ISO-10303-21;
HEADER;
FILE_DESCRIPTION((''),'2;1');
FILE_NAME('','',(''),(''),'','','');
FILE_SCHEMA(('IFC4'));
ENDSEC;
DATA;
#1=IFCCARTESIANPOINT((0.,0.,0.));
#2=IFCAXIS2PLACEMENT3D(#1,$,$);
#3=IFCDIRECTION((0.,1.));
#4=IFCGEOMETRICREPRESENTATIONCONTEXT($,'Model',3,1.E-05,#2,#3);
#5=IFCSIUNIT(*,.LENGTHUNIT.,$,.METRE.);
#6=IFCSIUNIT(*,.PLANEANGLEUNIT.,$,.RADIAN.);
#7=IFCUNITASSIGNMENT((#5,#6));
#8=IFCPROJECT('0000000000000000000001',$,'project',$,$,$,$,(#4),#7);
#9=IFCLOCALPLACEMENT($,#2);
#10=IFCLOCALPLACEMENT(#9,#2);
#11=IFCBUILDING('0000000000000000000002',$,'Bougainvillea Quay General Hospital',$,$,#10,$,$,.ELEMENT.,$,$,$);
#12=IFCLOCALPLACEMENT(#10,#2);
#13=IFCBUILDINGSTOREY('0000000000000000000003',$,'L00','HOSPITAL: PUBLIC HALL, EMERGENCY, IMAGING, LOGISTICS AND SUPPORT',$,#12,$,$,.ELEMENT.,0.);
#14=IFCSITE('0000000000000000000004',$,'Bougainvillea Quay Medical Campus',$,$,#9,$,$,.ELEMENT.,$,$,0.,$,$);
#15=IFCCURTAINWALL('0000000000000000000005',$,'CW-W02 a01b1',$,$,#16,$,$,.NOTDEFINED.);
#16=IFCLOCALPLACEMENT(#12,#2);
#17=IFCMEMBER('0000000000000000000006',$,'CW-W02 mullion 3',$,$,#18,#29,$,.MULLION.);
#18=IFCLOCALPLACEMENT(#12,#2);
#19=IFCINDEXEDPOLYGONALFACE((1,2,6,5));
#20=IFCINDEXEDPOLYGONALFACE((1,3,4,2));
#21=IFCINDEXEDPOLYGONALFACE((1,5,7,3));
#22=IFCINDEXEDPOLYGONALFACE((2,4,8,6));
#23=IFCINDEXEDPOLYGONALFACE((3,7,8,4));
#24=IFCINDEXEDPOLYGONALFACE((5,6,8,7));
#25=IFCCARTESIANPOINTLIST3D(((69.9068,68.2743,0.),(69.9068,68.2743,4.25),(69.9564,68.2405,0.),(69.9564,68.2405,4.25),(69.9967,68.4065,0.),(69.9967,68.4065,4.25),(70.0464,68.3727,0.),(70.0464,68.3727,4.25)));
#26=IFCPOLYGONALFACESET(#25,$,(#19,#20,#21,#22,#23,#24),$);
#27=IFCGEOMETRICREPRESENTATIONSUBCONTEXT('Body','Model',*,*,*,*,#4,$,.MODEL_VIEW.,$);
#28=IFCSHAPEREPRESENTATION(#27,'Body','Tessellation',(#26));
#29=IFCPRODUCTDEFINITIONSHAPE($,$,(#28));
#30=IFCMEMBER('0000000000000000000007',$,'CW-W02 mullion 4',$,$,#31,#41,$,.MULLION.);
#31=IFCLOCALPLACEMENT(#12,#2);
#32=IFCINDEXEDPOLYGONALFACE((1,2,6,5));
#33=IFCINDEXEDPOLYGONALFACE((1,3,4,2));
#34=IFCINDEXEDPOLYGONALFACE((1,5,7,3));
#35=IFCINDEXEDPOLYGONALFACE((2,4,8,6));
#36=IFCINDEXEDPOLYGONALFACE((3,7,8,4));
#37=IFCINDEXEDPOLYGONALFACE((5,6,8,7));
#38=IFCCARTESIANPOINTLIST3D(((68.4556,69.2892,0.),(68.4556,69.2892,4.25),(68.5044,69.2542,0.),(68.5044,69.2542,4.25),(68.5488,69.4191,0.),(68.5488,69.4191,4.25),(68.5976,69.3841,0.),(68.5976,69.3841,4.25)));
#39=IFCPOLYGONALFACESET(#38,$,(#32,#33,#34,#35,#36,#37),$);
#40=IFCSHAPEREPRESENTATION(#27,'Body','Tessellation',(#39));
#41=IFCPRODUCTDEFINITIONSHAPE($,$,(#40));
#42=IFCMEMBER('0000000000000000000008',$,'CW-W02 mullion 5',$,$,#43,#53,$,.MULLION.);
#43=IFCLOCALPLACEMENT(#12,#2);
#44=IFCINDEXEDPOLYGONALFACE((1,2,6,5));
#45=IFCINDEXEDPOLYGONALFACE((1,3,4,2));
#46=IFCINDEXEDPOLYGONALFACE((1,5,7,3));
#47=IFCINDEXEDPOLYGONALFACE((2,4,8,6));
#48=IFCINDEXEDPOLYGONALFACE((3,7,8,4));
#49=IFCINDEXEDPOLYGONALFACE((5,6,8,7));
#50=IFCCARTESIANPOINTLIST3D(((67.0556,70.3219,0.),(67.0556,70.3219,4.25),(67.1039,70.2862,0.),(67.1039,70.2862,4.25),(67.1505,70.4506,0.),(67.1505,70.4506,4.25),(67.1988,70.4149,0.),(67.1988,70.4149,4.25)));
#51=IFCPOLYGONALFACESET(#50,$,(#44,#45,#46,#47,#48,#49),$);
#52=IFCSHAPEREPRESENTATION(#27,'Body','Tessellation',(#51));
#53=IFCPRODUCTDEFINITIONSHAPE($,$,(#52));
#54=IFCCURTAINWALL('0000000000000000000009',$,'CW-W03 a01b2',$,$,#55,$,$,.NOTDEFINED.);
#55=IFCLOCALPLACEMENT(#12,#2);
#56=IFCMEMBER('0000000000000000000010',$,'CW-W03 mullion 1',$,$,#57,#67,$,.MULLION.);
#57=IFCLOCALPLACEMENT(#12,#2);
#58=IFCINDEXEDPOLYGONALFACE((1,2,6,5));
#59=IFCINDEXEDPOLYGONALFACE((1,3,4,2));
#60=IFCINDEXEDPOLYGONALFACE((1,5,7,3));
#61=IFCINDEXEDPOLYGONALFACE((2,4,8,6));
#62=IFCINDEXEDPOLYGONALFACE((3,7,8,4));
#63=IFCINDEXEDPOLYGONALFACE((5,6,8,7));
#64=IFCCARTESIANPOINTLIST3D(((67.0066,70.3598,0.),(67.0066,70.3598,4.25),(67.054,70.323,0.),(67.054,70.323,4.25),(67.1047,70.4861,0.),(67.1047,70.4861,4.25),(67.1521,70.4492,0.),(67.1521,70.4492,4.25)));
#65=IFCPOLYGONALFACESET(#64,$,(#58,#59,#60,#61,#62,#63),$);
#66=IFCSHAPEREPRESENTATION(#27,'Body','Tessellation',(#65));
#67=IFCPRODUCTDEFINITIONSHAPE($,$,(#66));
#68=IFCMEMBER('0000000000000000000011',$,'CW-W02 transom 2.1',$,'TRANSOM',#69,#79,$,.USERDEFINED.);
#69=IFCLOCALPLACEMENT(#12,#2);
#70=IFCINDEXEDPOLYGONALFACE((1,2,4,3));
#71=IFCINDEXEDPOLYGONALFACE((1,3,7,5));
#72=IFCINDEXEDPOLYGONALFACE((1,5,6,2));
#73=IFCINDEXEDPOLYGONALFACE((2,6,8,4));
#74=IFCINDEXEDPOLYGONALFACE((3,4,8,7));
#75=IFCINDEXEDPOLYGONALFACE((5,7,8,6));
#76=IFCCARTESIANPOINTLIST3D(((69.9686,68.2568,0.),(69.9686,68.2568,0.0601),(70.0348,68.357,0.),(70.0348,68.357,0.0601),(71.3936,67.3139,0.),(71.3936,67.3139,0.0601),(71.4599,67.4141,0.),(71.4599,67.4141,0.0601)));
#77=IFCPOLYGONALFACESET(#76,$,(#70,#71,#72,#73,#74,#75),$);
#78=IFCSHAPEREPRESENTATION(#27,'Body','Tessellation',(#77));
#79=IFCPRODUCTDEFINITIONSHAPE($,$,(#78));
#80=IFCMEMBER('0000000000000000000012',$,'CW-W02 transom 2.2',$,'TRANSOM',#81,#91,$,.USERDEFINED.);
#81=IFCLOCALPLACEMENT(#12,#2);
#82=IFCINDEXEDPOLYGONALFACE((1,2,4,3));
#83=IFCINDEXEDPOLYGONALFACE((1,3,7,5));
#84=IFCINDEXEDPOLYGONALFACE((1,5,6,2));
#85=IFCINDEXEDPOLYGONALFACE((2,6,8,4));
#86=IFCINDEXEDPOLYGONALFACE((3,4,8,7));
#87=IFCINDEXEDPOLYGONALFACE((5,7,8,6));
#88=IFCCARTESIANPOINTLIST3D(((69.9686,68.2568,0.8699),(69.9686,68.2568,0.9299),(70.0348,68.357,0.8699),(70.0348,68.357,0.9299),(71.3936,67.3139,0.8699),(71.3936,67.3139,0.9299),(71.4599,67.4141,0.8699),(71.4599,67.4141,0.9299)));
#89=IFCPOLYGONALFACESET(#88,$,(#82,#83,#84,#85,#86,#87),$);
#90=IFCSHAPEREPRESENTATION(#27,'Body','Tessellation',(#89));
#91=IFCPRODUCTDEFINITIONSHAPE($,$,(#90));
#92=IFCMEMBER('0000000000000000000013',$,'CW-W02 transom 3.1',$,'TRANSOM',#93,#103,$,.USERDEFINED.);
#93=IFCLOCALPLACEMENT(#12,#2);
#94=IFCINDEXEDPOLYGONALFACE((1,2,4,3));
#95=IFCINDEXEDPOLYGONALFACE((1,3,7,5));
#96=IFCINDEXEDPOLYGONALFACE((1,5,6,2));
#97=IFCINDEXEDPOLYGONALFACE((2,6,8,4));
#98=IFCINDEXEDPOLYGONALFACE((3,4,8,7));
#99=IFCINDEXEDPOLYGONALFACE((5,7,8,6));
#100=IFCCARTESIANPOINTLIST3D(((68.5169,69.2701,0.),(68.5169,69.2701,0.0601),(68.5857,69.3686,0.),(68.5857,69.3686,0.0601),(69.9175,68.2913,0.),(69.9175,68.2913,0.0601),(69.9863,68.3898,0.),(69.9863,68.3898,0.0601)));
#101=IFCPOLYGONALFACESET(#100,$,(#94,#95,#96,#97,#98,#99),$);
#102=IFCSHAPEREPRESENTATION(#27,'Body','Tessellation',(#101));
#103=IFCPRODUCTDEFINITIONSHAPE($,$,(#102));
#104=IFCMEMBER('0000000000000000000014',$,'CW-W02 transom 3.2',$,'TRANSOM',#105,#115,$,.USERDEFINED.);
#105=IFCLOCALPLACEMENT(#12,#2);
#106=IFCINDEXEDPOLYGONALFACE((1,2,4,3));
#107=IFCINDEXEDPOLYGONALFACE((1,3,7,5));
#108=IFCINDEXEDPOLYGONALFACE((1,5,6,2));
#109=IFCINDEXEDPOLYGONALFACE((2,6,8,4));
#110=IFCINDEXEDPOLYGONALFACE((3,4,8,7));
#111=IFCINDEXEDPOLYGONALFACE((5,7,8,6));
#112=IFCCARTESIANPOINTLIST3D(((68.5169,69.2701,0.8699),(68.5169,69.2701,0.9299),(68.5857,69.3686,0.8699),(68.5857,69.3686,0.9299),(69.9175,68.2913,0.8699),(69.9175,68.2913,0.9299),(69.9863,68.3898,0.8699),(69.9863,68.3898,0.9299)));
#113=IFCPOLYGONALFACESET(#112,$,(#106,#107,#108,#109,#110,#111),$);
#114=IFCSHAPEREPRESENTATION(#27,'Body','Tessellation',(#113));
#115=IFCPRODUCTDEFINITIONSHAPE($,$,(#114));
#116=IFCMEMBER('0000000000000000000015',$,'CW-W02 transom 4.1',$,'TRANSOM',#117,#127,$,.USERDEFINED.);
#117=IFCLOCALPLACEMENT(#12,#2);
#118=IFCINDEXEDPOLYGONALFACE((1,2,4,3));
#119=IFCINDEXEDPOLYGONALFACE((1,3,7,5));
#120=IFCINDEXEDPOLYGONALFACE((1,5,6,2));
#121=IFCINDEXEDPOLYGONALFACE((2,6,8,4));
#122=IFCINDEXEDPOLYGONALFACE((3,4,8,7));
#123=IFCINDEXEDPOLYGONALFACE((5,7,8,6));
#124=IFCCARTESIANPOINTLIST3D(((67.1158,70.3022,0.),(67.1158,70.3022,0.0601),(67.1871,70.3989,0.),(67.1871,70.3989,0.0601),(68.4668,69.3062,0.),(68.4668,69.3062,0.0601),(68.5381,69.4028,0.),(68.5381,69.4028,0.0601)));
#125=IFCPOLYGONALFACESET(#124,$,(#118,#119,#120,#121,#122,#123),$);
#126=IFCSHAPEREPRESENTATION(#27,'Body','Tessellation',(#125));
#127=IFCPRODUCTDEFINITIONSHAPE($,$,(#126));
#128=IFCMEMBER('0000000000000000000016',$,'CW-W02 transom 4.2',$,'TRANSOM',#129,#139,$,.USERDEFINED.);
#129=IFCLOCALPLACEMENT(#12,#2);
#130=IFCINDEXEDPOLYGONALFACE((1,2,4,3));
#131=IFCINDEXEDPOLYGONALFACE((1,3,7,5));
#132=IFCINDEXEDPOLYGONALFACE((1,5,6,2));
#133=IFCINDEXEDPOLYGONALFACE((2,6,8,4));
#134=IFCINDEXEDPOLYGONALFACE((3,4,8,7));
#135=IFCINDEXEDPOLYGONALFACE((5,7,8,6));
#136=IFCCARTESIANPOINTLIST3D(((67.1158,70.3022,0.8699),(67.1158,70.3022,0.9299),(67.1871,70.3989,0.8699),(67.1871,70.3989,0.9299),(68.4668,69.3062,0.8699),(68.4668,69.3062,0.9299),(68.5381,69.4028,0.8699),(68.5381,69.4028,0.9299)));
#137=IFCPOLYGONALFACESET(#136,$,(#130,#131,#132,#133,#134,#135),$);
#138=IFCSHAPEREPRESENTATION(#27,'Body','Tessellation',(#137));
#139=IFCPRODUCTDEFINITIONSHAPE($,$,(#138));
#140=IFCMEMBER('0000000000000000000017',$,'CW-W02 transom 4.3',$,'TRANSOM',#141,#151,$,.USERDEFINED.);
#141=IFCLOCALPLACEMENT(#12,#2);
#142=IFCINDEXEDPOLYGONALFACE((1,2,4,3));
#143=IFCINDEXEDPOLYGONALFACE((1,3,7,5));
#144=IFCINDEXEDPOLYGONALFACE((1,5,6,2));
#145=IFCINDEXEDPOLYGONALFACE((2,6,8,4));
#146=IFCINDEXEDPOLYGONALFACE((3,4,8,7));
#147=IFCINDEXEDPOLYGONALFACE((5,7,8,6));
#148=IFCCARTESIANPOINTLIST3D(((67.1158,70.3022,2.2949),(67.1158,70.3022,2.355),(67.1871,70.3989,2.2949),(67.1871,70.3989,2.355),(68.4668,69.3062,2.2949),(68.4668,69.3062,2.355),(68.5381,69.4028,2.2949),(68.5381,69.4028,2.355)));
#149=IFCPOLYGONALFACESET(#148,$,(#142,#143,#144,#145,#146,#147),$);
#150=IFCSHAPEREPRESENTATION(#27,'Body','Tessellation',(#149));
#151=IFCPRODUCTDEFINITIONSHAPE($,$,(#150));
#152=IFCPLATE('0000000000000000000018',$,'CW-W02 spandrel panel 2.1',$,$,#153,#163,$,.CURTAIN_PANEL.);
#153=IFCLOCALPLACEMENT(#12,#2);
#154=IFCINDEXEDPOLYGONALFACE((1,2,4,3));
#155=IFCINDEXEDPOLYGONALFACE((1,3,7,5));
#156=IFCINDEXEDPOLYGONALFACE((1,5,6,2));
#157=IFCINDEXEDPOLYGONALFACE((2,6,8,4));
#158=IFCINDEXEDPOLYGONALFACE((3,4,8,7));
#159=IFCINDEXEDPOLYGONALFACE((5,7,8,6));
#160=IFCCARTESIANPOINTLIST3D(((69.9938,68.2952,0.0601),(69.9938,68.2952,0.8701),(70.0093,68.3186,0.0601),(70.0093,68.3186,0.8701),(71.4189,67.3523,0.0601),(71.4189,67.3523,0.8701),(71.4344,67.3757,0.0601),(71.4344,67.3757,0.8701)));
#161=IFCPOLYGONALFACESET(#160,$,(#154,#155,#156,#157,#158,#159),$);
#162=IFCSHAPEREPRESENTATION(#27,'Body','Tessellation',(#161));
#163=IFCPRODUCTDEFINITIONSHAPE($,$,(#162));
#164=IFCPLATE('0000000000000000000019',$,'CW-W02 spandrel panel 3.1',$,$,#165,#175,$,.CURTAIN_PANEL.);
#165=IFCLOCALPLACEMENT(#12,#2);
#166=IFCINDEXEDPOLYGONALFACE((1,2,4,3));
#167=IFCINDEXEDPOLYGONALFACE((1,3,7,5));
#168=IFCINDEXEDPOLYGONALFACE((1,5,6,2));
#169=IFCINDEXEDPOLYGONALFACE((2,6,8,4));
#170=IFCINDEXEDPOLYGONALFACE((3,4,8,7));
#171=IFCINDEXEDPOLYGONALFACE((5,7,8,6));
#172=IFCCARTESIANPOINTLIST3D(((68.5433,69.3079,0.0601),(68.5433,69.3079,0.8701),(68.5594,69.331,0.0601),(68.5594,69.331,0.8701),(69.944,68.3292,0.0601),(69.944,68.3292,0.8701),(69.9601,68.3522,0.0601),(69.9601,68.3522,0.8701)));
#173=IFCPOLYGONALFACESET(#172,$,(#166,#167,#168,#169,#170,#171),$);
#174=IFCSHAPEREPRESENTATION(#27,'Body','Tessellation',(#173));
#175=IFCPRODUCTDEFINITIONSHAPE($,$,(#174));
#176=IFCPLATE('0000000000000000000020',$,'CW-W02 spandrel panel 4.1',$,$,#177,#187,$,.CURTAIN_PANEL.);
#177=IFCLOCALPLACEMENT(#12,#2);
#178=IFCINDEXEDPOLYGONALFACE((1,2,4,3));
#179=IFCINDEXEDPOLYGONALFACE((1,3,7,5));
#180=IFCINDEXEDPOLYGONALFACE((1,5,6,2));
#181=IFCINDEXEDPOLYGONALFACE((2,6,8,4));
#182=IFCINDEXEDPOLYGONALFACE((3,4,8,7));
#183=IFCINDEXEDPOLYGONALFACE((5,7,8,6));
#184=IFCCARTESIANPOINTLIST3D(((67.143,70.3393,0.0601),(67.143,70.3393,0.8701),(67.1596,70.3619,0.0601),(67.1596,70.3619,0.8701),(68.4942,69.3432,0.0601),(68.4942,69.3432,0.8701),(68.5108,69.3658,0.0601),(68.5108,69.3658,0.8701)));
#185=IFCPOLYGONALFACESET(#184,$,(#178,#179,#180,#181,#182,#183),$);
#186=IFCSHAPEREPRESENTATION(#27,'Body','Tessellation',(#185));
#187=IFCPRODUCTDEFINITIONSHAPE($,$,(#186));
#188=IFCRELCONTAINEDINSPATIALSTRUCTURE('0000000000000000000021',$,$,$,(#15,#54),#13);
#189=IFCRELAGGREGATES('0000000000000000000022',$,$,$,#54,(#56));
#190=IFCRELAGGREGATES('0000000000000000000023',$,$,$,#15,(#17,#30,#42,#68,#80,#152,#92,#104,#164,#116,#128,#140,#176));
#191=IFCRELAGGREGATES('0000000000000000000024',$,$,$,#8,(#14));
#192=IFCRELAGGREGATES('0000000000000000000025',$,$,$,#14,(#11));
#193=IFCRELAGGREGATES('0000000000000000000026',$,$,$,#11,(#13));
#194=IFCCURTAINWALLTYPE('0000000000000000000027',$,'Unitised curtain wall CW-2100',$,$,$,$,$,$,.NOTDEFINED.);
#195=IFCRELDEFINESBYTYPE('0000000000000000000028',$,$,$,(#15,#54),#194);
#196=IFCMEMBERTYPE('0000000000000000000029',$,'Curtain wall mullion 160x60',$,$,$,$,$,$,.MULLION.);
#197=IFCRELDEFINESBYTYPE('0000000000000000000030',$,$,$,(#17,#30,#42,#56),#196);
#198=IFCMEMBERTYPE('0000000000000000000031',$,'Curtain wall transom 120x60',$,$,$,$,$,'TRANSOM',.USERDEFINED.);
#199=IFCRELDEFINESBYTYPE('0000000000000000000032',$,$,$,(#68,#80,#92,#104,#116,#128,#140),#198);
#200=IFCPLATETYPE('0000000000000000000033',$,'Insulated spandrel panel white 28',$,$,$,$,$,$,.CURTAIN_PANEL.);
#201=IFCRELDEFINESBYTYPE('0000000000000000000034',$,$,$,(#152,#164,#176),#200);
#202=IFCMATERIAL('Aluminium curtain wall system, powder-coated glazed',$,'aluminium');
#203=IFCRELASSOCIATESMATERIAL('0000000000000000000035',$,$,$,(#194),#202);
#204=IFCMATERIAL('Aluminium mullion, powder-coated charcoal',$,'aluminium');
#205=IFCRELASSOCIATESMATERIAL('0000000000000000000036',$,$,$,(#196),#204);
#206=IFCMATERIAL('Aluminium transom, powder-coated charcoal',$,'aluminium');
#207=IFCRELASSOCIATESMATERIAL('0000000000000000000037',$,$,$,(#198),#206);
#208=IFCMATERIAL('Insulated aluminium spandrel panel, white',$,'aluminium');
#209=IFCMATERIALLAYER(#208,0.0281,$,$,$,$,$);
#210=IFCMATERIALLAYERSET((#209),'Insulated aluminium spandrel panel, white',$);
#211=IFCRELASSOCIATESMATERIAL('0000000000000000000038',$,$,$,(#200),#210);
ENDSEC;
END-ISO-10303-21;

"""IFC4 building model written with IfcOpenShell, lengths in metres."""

from ifc_helpers import new_model, si_unit, direction, frame, origin, origin_2d, place, context, subcontext, project, spatial, rectangle, extrude, material, layer, layer_set, material_profile, profile_set, type_object, element, aggregate, save


model = new_model("IFC4")

# Units and contexts
model_context = context("Model", 3, precision=1e-05, world=origin(), true_north=direction((0.0, 1.0)))
body_context = subcontext(model_context, "Body", "Model", "MODEL_VIEW")
ifc_project = project(units=[si_unit("LENGTHUNIT", "METRE"), si_unit("PLANEANGLEUNIT", "RADIAN")], contexts=[model_context])

# Site, building, storey
site_placement = place(None, origin())
site = spatial("IfcSite", under=ifc_project, at=site_placement, Name="Bougainvillea Quay Medical Campus", CompositionType="ELEMENT", RefElevation=0.0)
building_placement = place(site_placement, origin())
building = spatial("IfcBuilding", under=site, at=building_placement, Name="Bougainvillea Quay General Hospital", CompositionType="ELEMENT")
storey_placement = place(building_placement, origin())
storey = spatial("IfcBuildingStorey", under=building, at=storey_placement, Name="L00", Description="HOSPITAL: PUBLIC HALL, EMERGENCY, IMAGING, LOGISTICS AND SUPPORT", CompositionType="ELEMENT", Elevation=0.0)

# Curtain wall, members
ifc_material_1 = material(Name="Aluminium curtain wall system, powder-coated glazed", Category="aluminium")
curtain_wall_type = type_object("IfcCurtainWallType", Name="Unitised curtain wall CW-2100", PredefinedType="NOTDEFINED", material=ifc_material_1)
curtain_wall_1_placement = place(storey_placement, origin())
curtain_wall_1 = element("IfcCurtainWall", 1, at=curtain_wall_1_placement, inside=storey, type_object=curtain_wall_type, Name="CW-W02 a01b1", PredefinedType="NOTDEFINED")
ifc_material_2 = material(Name="Aluminium mullion, powder-coated charcoal", Category="aluminium")
ifc_material_profile_1 = material_profile(ifc_material_2, rectangle(XDim=0.1599, YDim=0.0601, at=origin_2d()))
ifc_profile_set_1 = profile_set([ifc_material_profile_1], Name="Aluminium mullion, powder-coated charcoal")
member_type_1 = type_object("IfcMemberType", Name="Curtain wall mullion 160x60", PredefinedType="MULLION", material=ifc_profile_set_1)
member_1_placement = place(storey_placement, frame((69.9766, 68.3235, 0.0), z_axis=(0.0, 0.0, 1.0), x_axis=(-0.562343, -0.826904, 0.0)))
member_1 = element("IfcMember", 2, at=member_1_placement, type_object=member_type_1, Name="CW-W02 mullion 3", PredefinedType="MULLION", context=body_context, shape_type="SweptSolid", body=[
    extrude(rectangle(XDim=0.1599, YDim=0.0601, at=origin_2d()), origin(), (0.0, 0.0, 1.0), 4.25),
])
member_2_placement = place(storey_placement, frame((68.5266, 69.3367, 0.0), z_axis=(0.0, 0.0, 1.0), x_axis=(-0.58313, -0.812379, 0.0)))
member_2 = element("IfcMember", 3, at=member_2_placement, type_object=member_type_1, Name="CW-W02 mullion 4", PredefinedType="MULLION", context=body_context, shape_type="SweptSolid", body=[
    extrude(rectangle(XDim=0.1599, YDim=0.0601, at=origin_2d()), origin(), (0.0, 0.0, 1.0), 4.25),
])
member_3_placement = place(storey_placement, frame((67.1272, 70.3684, 0.0), z_axis=(0.0, 0.0, 1.0), x_axis=(-0.593384, -0.80492, 0.0)))
member_3 = element("IfcMember", 4, at=member_3_placement, type_object=member_type_1, Name="CW-W02 mullion 5", PredefinedType="MULLION", context=body_context, shape_type="SweptSolid", body=[
    extrude(rectangle(XDim=0.1599, YDim=0.0601, at=origin_2d()), origin(), (0.0, 0.0, 1.0), 4.25),
])

# Curtain wall, member
curtain_wall_2_placement = place(storey_placement, origin())
curtain_wall_2 = element("IfcCurtainWall", 5, at=curtain_wall_2_placement, inside=storey, type_object=curtain_wall_type, Name="CW-W03 a01b2", PredefinedType="NOTDEFINED")
member_4_placement = place(storey_placement, frame((67.0793, 70.4045, 0.0), z_axis=(0.0, 0.0, 1.0), x_axis=(-0.613603, -0.789614, 0.0)))
member_4 = element("IfcMember", 6, at=member_4_placement, type_object=member_type_1, Name="CW-W03 mullion 1", PredefinedType="MULLION", context=body_context, shape_type="SweptSolid", body=[
    extrude(rectangle(XDim=0.1599, YDim=0.0601, at=origin_2d()), origin(), (0.0, 0.0, 1.0), 4.25),
])
aggregate(curtain_wall_2, [member_4])

# Members
ifc_material_3 = material(Name="Aluminium transom, powder-coated charcoal", Category="aluminium")
ifc_material_profile_2 = material_profile(ifc_material_3, rectangle(XDim=0.1201, YDim=0.0601, at=origin_2d()))
ifc_profile_set_2 = profile_set([ifc_material_profile_2], Name="Aluminium transom, powder-coated charcoal")
member_type_2 = type_object("IfcMemberType", Name="Curtain wall transom 120x60", ElementType="TRANSOM", PredefinedType="USERDEFINED", material=ifc_profile_set_2)
member_5_placement = place(storey_placement, frame((71.4268, 67.364, 0.03), z_axis=(-0.83398, 0.551795, 0.0), x_axis=(-0.551795, -0.83398, 0.0)))
member_5 = element("IfcMember", 7, at=member_5_placement, type_object=member_type_2, Name="CW-W02 transom 2.1", ObjectType="TRANSOM", PredefinedType="USERDEFINED", context=body_context, shape_type="SweptSolid", body=[
    extrude(rectangle(XDim=0.1201, YDim=0.0601, at=origin_2d()), origin(), (0.0, 0.0, 1.0), 1.7087),
])
member_6_placement = place(storey_placement, frame((71.4268, 67.364, 0.8999), z_axis=(-0.83398, 0.551795, 0.0), x_axis=(-0.551795, -0.83398, 0.0)))
member_6 = element("IfcMember", 8, at=member_6_placement, type_object=member_type_2, Name="CW-W02 transom 2.2", ObjectType="TRANSOM", PredefinedType="USERDEFINED", context=body_context, shape_type="SweptSolid", body=[
    extrude(rectangle(XDim=0.1201, YDim=0.0601, at=origin_2d()), origin(), (0.0, 0.0, 1.0), 1.7087),
])
member_7_placement = place(storey_placement, frame((69.9519, 68.3406, 0.03), z_axis=(-0.819695, 0.572801, 0.0), x_axis=(-0.572801, -0.819695, 0.0)))
member_7 = element("IfcMember", 9, at=member_7_placement, type_object=member_type_2, Name="CW-W02 transom 3.1", ObjectType="TRANSOM", PredefinedType="USERDEFINED", context=body_context, shape_type="SweptSolid", body=[
    extrude(rectangle(XDim=0.1201, YDim=0.0601, at=origin_2d()), origin(), (0.0, 0.0, 1.0), 1.7087),
])
member_8_placement = place(storey_placement, frame((69.9519, 68.3406, 0.8999), z_axis=(-0.819695, 0.572801, 0.0), x_axis=(-0.572801, -0.819695, 0.0)))
member_8 = element("IfcMember", 10, at=member_8_placement, type_object=member_type_2, Name="CW-W02 transom 3.2", ObjectType="TRANSOM", PredefinedType="USERDEFINED", context=body_context, shape_type="SweptSolid", body=[
    extrude(rectangle(XDim=0.1201, YDim=0.0601, at=origin_2d()), origin(), (0.0, 0.0, 1.0), 1.7087),
])
member_9_placement = place(storey_placement, frame((68.5024, 69.3545, 0.03), z_axis=(-0.804895, 0.593417, 0.0), x_axis=(-0.593417, -0.804895, 0.0)))
member_9 = element("IfcMember", 11, at=member_9_placement, type_object=member_type_2, Name="CW-W02 transom 4.1", ObjectType="TRANSOM", PredefinedType="USERDEFINED", context=body_context, shape_type="SweptSolid", body=[
    extrude(rectangle(XDim=0.1201, YDim=0.0601, at=origin_2d()), origin(), (0.0, 0.0, 1.0), 1.6785),
])
member_10_placement = place(storey_placement, frame((68.5024, 69.3545, 0.8999), z_axis=(-0.804895, 0.593417, 0.0), x_axis=(-0.593417, -0.804895, 0.0)))
member_10 = element("IfcMember", 12, at=member_10_placement, type_object=member_type_2, Name="CW-W02 transom 4.2", ObjectType="TRANSOM", PredefinedType="USERDEFINED", context=body_context, shape_type="SweptSolid", body=[
    extrude(rectangle(XDim=0.1201, YDim=0.0601, at=origin_2d()), origin(), (0.0, 0.0, 1.0), 1.6785),
])
member_11_placement = place(storey_placement, frame((68.5024, 69.3545, 2.325), z_axis=(-0.804895, 0.593417, 0.0), x_axis=(-0.593417, -0.804895, 0.0)))
member_11 = element("IfcMember", 13, at=member_11_placement, type_object=member_type_2, Name="CW-W02 transom 4.3", ObjectType="TRANSOM", PredefinedType="USERDEFINED", context=body_context, shape_type="SweptSolid", body=[
    extrude(rectangle(XDim=0.1201, YDim=0.0601, at=origin_2d()), origin(), (0.0, 0.0, 1.0), 1.6785),
])

# Plates
ifc_material_4 = material(Name="Insulated aluminium spandrel panel, white", Category="aluminium")
ifc_layer_1 = layer(ifc_material_4, 0.0281)
ifc_layer_set_1 = layer_set([ifc_layer_1], Name="Insulated aluminium spandrel panel, white")
plate_type_1 = type_object("IfcPlateType", Name="Insulated spandrel panel white 28", PredefinedType="CURTAIN_PANEL", material=ifc_layer_set_1)
plate_1_placement = place(storey_placement, frame((70.7141, 67.8354, 0.0601), z_axis=(0.0, 0.0, 1.0), x_axis=(-0.833968, 0.551813, 0.0)))
plate_1 = element("IfcPlate", 14, at=plate_1_placement, type_object=plate_type_1, Name="CW-W02 spandrel panel 2.1", PredefinedType="CURTAIN_PANEL", context=body_context, shape_type="SweptSolid", body=[
    extrude(rectangle(XDim=1.7087, YDim=0.0281, at=origin_2d()), origin(), (0.0, 0.0, 1.0), 0.8101),
])
plate_2_placement = place(storey_placement, frame((69.2517, 68.8301, 0.0601), z_axis=(0.0, 0.0, 1.0), x_axis=(-0.819707, 0.572783, 0.0)))
plate_2 = element("IfcPlate", 15, at=plate_2_placement, type_object=plate_type_1, Name="CW-W02 spandrel panel 3.1", PredefinedType="CURTAIN_PANEL", context=body_context, shape_type="SweptSolid", body=[
    extrude(rectangle(XDim=1.7087, YDim=0.0281, at=origin_2d()), origin(), (0.0, 0.0, 1.0), 0.8101),
])
plate_3_placement = place(storey_placement, frame((67.8269, 69.8525, 0.0601), z_axis=(0.0, 0.0, 1.0), x_axis=(-0.80492, 0.593384, 0.0)))
plate_3 = element("IfcPlate", 16, at=plate_3_placement, type_object=plate_type_1, Name="CW-W02 spandrel panel 4.1", PredefinedType="CURTAIN_PANEL", context=body_context, shape_type="SweptSolid", body=[
    extrude(rectangle(XDim=1.6787, YDim=0.0281, at=origin_2d()), origin(), (0.0, 0.0, 1.0), 0.8101),
])
aggregate(curtain_wall_1, [member_1, member_2, member_3, member_5, member_6, plate_1, member_7, member_8, plate_2, member_9, member_10, member_11, plate_3])

save(model, "model.ifc")
